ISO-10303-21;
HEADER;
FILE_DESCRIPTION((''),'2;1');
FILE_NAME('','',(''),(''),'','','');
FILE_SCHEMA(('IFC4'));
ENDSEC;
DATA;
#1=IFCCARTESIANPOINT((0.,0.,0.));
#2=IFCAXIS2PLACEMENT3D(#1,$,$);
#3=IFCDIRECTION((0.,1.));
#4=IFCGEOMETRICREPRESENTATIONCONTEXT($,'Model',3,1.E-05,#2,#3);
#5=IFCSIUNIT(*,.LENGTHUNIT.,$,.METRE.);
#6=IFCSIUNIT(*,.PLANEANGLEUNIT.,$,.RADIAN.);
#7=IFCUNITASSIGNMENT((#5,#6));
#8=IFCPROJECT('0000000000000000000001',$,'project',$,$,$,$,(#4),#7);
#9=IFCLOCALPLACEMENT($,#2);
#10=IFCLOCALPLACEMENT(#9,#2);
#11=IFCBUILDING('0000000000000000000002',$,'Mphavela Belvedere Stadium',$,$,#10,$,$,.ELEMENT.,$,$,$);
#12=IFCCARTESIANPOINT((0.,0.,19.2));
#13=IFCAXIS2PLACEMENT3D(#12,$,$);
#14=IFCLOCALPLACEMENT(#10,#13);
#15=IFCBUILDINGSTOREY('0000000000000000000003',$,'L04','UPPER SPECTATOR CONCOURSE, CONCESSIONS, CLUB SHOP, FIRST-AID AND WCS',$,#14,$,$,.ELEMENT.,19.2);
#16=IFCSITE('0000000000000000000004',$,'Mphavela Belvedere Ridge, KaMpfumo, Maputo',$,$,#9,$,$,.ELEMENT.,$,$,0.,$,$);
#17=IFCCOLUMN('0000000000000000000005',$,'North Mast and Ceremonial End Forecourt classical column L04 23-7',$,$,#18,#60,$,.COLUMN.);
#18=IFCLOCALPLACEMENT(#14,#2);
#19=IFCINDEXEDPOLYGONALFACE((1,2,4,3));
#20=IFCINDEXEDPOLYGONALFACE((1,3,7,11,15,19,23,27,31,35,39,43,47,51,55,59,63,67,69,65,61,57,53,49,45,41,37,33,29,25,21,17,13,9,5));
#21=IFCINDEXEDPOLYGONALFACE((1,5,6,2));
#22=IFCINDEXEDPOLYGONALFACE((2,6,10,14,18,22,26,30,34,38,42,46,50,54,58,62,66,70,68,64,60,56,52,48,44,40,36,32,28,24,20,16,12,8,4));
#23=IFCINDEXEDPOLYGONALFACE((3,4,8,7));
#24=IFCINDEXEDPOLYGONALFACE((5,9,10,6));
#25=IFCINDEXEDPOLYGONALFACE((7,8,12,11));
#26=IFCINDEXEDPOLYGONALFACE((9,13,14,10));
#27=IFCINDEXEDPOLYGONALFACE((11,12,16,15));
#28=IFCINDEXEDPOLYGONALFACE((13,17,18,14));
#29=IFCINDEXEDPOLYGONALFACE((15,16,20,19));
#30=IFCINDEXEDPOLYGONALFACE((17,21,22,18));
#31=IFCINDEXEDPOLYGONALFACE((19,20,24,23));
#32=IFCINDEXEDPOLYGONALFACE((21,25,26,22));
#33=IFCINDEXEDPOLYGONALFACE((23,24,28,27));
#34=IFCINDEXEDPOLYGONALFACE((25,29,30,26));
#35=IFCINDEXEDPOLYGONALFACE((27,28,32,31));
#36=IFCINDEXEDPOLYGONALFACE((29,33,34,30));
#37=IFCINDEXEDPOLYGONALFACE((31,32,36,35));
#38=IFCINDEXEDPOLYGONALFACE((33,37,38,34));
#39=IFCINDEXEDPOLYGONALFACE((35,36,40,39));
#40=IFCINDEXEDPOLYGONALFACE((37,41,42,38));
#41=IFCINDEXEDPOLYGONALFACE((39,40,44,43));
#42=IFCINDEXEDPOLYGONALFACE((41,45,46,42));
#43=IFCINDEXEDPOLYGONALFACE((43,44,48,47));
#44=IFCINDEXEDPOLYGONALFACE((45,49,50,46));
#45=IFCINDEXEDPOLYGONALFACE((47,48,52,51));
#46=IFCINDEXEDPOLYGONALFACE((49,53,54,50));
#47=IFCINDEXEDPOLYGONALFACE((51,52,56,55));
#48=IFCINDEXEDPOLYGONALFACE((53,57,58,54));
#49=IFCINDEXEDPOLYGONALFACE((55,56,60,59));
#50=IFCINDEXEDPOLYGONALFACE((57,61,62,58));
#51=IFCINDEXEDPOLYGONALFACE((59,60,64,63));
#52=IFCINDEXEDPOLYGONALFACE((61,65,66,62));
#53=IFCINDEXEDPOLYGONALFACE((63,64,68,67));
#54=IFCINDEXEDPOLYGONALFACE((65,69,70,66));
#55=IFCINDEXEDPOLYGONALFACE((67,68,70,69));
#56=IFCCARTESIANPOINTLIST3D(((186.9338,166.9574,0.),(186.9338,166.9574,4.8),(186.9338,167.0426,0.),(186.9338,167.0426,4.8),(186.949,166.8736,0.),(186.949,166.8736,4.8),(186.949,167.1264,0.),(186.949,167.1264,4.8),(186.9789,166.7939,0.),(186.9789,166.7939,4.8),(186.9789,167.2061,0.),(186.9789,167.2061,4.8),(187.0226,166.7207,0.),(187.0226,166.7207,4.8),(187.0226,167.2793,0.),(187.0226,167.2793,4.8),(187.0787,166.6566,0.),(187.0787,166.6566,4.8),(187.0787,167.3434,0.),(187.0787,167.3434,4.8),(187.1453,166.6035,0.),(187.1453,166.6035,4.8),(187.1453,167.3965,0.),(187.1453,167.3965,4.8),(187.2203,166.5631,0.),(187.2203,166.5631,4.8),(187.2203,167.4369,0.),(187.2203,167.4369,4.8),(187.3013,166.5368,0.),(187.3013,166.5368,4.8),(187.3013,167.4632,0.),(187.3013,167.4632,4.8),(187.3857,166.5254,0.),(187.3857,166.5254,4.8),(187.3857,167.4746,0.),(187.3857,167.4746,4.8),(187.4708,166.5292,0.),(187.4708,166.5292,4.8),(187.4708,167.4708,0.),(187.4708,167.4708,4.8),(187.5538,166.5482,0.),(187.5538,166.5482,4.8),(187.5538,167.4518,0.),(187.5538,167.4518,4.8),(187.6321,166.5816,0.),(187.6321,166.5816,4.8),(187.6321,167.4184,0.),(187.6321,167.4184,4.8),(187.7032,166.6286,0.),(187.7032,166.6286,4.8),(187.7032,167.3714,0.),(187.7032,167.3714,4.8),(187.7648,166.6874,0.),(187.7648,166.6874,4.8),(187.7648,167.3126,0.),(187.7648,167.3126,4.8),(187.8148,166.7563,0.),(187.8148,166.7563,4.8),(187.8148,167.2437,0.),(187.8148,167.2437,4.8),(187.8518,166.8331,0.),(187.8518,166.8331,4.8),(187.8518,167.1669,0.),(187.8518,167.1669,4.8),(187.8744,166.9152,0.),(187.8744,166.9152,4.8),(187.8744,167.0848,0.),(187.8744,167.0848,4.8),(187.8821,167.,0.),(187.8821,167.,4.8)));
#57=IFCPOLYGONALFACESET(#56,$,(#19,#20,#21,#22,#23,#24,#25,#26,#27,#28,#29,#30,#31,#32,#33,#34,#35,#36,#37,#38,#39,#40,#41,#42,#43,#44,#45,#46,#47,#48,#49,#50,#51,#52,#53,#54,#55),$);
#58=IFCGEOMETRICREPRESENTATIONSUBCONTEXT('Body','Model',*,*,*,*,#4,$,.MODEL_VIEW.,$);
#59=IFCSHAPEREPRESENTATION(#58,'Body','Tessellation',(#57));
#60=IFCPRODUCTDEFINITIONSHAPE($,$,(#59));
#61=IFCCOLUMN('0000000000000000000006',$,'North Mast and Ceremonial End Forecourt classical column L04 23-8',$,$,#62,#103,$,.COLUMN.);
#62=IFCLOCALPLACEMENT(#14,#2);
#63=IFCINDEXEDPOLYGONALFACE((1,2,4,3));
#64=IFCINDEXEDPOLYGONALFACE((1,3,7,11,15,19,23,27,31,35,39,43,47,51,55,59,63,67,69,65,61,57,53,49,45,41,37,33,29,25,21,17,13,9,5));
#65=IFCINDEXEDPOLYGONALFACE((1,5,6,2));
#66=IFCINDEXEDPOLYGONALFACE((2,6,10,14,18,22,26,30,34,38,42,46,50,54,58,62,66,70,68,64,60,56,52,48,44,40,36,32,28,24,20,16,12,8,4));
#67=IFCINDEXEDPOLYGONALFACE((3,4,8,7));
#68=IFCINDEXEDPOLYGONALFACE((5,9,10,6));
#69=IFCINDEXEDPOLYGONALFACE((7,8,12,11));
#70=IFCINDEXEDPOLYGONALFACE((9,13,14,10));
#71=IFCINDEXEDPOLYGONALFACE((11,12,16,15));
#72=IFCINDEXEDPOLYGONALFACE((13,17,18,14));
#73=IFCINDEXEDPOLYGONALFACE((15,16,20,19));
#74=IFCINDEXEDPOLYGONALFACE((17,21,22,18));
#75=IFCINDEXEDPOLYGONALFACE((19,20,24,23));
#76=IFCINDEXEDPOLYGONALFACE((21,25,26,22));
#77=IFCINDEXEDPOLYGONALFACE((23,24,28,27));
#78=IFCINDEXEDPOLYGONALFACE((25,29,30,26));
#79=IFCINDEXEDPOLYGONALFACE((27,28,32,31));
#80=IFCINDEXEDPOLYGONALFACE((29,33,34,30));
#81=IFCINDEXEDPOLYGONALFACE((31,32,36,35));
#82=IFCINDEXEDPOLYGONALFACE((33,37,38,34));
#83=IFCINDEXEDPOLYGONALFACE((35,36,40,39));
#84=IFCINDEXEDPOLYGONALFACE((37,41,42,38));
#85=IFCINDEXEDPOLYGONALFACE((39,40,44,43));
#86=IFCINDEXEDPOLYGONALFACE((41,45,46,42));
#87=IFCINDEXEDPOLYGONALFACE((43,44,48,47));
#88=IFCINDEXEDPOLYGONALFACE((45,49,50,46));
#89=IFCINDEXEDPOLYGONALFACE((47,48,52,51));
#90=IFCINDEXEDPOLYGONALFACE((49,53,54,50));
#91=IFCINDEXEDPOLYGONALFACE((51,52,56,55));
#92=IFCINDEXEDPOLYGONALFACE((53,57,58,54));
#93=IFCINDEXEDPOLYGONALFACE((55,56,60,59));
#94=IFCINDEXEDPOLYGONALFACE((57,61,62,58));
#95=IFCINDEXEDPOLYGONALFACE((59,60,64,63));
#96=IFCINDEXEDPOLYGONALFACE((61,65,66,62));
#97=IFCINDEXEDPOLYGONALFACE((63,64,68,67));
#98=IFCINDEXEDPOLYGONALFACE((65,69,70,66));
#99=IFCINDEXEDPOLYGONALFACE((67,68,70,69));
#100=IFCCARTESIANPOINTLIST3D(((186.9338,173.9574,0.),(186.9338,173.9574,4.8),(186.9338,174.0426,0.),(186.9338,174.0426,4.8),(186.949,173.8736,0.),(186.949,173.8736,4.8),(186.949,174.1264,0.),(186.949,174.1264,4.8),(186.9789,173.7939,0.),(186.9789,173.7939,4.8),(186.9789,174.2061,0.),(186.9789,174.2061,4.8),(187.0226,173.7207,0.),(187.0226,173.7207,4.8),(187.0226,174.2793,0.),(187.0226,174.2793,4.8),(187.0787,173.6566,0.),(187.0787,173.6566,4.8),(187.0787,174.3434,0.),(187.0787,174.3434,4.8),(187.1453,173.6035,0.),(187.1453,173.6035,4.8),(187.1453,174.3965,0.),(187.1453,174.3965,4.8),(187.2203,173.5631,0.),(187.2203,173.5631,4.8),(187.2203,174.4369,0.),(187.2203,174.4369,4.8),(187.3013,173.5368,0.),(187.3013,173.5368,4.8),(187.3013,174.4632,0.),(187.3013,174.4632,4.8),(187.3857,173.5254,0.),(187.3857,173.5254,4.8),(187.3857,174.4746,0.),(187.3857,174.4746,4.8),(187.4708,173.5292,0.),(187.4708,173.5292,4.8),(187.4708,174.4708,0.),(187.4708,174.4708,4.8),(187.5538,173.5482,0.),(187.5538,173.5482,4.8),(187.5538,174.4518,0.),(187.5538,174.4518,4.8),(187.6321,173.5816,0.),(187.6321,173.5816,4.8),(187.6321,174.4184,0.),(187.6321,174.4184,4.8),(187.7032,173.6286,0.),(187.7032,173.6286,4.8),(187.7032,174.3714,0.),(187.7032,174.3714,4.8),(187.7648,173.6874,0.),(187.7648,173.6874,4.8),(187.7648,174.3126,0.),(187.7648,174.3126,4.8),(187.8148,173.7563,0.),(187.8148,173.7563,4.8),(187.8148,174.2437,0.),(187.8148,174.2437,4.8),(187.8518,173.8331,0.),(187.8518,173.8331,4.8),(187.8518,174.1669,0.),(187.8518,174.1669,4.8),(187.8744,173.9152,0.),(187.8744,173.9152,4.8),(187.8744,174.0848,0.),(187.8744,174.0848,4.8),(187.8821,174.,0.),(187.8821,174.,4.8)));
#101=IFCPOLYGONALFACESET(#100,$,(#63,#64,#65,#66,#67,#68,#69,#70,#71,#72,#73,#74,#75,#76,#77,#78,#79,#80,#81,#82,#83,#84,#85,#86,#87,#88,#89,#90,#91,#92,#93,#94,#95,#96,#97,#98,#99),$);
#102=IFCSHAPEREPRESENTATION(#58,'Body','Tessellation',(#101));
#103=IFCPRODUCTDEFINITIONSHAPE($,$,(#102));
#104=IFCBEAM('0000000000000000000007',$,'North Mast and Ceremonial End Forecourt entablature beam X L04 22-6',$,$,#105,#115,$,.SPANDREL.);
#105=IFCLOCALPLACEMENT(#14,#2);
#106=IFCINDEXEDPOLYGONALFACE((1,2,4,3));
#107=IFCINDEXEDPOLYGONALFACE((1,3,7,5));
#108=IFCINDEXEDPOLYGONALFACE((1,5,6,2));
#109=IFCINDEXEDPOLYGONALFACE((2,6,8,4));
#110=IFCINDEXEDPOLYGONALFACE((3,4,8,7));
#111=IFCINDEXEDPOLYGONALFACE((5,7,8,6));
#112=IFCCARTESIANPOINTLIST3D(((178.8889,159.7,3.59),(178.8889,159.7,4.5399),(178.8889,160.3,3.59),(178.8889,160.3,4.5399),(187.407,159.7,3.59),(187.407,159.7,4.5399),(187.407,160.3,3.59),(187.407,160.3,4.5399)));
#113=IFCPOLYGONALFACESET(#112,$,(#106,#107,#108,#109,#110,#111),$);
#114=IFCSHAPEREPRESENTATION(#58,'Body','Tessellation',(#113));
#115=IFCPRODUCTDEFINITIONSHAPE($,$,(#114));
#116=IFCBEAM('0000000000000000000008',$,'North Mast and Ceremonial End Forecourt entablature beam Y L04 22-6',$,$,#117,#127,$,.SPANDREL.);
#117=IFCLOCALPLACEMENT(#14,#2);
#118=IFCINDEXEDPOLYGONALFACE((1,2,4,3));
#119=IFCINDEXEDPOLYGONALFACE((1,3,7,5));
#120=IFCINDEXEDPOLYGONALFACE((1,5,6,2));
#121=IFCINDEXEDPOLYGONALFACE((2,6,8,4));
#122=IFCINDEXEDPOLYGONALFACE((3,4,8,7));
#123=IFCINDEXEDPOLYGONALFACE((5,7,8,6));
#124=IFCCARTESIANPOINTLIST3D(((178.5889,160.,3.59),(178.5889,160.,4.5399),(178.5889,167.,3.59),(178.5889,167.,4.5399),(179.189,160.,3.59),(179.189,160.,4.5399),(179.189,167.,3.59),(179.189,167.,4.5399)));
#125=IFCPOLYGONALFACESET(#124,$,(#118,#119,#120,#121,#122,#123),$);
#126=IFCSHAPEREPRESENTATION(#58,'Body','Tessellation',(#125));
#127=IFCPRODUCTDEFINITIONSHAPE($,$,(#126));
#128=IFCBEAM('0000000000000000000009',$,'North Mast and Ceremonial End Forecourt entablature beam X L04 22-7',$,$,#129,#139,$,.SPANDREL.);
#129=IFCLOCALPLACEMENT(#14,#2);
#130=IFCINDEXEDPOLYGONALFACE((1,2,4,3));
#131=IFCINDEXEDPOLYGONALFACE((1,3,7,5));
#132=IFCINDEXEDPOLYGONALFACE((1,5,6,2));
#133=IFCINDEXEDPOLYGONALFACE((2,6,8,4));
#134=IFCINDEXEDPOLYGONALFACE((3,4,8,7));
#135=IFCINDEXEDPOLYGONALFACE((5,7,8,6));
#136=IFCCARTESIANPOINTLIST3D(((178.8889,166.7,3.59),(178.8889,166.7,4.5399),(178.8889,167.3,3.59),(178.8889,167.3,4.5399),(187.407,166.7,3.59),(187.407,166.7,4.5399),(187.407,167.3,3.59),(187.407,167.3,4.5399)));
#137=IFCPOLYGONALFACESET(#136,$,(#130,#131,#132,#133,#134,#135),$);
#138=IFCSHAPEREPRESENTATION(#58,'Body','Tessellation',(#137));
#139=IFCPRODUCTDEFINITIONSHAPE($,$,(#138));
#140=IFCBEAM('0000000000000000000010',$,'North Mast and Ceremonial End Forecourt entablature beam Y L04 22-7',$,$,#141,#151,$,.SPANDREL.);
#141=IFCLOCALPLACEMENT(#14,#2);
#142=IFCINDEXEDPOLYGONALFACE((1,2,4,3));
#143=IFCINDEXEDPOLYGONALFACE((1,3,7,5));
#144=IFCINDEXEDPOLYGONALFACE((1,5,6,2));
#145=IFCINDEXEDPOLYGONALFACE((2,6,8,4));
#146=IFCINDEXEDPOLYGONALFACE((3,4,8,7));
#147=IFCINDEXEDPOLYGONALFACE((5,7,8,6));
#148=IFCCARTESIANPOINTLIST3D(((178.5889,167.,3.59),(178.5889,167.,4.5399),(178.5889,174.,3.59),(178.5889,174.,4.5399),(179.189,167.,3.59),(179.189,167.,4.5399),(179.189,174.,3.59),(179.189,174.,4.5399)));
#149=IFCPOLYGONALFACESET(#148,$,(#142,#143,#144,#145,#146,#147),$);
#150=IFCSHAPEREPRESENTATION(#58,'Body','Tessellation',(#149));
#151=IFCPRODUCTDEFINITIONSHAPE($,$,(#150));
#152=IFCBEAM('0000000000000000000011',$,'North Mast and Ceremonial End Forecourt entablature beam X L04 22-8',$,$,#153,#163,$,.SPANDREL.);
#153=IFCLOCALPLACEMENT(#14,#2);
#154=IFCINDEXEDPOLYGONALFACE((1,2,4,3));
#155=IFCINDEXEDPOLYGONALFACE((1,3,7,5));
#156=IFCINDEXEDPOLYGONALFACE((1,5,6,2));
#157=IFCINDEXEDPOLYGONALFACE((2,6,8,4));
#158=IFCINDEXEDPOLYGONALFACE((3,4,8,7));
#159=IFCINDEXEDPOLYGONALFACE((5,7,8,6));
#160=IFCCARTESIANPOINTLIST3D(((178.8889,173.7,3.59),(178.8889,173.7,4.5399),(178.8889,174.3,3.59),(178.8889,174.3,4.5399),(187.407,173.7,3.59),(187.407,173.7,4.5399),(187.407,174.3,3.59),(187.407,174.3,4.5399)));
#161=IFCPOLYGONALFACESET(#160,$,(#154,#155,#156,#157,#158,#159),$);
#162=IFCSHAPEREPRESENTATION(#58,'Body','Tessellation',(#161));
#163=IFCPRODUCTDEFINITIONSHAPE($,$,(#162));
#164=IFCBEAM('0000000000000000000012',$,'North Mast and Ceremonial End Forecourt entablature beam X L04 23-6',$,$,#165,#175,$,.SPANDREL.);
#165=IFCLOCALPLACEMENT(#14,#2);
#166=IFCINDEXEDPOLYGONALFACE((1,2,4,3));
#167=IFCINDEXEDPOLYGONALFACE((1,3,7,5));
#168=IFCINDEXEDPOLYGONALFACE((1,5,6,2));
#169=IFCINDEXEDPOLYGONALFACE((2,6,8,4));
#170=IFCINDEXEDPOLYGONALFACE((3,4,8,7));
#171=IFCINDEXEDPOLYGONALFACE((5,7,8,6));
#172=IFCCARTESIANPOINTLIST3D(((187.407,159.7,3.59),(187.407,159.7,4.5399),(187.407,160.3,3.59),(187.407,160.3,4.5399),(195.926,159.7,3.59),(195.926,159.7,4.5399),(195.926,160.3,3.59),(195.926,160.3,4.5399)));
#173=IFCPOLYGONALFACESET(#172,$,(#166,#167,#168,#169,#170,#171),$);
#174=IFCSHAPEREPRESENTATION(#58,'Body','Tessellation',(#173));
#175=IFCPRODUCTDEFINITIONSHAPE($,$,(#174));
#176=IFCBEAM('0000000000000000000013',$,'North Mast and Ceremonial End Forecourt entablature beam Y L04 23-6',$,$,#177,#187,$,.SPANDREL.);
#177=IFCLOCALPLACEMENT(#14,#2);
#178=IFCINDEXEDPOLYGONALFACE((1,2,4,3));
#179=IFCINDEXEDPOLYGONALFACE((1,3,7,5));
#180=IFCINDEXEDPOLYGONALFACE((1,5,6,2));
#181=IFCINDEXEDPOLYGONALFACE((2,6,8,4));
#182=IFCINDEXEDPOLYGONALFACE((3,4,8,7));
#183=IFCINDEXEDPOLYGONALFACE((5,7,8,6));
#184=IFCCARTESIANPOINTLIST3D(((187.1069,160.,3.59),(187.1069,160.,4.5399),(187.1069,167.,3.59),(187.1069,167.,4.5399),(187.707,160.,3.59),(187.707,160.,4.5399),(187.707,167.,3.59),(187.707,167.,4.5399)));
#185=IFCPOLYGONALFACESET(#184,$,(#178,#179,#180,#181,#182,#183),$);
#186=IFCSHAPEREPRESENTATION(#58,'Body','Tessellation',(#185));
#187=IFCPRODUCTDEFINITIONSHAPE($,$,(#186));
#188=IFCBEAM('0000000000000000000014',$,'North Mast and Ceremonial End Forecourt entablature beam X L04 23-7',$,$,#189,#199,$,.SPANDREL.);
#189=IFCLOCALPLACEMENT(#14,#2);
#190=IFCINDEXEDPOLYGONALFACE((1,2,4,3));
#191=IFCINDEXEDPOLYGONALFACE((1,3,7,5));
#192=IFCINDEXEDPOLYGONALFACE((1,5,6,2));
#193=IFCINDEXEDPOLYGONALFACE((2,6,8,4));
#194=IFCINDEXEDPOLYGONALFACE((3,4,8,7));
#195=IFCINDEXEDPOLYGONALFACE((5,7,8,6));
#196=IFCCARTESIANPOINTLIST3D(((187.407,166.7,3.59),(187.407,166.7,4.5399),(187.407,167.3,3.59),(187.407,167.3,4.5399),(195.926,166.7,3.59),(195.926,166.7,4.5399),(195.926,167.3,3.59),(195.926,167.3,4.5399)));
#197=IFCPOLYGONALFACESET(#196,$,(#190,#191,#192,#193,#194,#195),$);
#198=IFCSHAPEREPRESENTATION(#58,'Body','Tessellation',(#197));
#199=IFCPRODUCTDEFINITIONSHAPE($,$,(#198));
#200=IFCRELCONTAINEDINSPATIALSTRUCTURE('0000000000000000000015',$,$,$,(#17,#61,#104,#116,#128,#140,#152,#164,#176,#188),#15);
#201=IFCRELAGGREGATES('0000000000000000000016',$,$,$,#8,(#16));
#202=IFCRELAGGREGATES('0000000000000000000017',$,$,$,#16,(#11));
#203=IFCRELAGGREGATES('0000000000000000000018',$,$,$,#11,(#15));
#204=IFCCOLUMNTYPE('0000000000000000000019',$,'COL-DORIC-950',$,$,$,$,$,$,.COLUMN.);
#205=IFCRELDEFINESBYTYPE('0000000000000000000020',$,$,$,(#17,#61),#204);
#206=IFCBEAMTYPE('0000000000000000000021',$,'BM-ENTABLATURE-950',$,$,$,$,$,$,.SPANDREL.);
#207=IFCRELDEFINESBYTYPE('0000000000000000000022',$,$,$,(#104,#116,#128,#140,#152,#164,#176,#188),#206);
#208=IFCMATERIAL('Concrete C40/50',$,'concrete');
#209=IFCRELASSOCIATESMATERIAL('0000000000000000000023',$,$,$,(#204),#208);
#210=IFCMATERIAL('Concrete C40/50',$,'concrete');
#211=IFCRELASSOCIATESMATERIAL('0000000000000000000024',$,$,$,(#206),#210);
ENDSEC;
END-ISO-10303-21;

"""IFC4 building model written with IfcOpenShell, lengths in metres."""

from ifc_helpers import new_model, si_unit, direction, frame, origin, origin_2d, place, context, subcontext, project, spatial, rectangle, circle, extrude, material, material_profile, profile_set, type_object, element, save


model = new_model("IFC4")

# Units and contexts
model_context = context("Model", 3, precision=1e-05, world=origin(), true_north=direction((0.0, 1.0)))
body_context = subcontext(model_context, "Body", "Model", "MODEL_VIEW")
ifc_project = project(units=[si_unit("LENGTHUNIT", "METRE"), si_unit("PLANEANGLEUNIT", "RADIAN")], contexts=[model_context])

# Site, building, storey
site_placement = place(None, origin())
site = spatial("IfcSite", under=ifc_project, at=site_placement, Name="Mphavela Belvedere Ridge, KaMpfumo, Maputo", CompositionType="ELEMENT", RefElevation=0.0)
building_placement = place(site_placement, origin())
building = spatial("IfcBuilding", under=site, at=building_placement, Name="Mphavela Belvedere Stadium", CompositionType="ELEMENT")
storey_placement = place(building_placement, frame((0.0, 0.0, 19.2)))
storey = spatial("IfcBuildingStorey", under=building, at=storey_placement, Name="L04", Description="UPPER SPECTATOR CONCOURSE, CONCESSIONS, CLUB SHOP, FIRST-AID AND WCS", CompositionType="ELEMENT", Elevation=19.2)

# Columns
ifc_material_1 = material(Name="Concrete C40/50", Category="concrete")
ifc_material_profile_1 = material_profile(ifc_material_1, circle(Radius=0.4751, at=origin_2d()), Name="COL D950")
ifc_profile_set_1 = profile_set([ifc_material_profile_1], Name="Concrete C40/50")
column_type = type_object("IfcColumnType", Name="COL-DORIC-950", PredefinedType="COLUMN", material=ifc_profile_set_1)
for number, where, z_axis, x_axis, name in (
    (1, (187.407, 167.0, 0.0), (0.0, 0.0, 1.0), (1.0, 0.0, 0.0), "North Mast and Ceremonial End Forecourt classical column L04 23-7"),
    (2, (187.407, 174.0, 0.0), (0.0, 0.0, 1.0), (1.0, 0.0, 0.0), "North Mast and Ceremonial End Forecourt classical column L04 23-8"),
):
    element("IfcColumn", number, at=place(storey_placement, frame(where, z_axis=z_axis, x_axis=x_axis)), inside=storey, type_object=column_type, Name=name, PredefinedType="COLUMN", context=body_context, shape_type="SweptSolid", body=[
        extrude(circle(Radius=0.4751, at=origin_2d()), origin(), (0.0, 0.0, 1.0), 4.8),
    ])

# Beams
ifc_material_2 = material(Name="Concrete C40/50", Category="concrete")
ifc_material_profile_2 = material_profile(ifc_material_2, rectangle(XDim=0.6001, YDim=0.95, at=origin_2d()), Name="RC 600x950")
ifc_profile_set_2 = profile_set([ifc_material_profile_2], Name="Concrete C40/50")
beam_type_1 = type_object("IfcBeamType", Name="BM-ENTABLATURE-950", PredefinedType="SPANDREL", material=ifc_profile_set_2)
beam_1_placement = place(storey_placement, frame((178.8889, 160.0, 4.0649), z_axis=(1.0, 0.0, 0.0), x_axis=(0.0, 1.0, 0.0)))
element("IfcBeam", 3, at=beam_1_placement, inside=storey, type_object=beam_type_1, Name="North Mast and Ceremonial End Forecourt entablature beam X L04 22-6", PredefinedType="SPANDREL", context=body_context, shape_type="SweptSolid", body=[
    extrude(rectangle(XDim=0.6001, YDim=0.95, at=origin_2d()), origin(), (0.0, 0.0, 1.0), 8.5181),
])
beam_2_placement = place(storey_placement, frame((178.8889, 160.0, 4.0649), z_axis=(0.0, 1.0, 0.0), x_axis=(-1.0, 0.0, 0.0)))
element("IfcBeam", 4, at=beam_2_placement, inside=storey, type_object=beam_type_1, Name="North Mast and Ceremonial End Forecourt entablature beam Y L04 22-6", PredefinedType="SPANDREL", context=body_context, shape_type="SweptSolid", body=[
    extrude(rectangle(XDim=0.6001, YDim=0.95, at=origin_2d()), origin(), (0.0, 0.0, 1.0), 7.0),
])
beam_3_placement = place(storey_placement, frame((178.8889, 167.0, 4.0649), z_axis=(1.0, 0.0, 0.0), x_axis=(0.0, 1.0, 0.0)))
element("IfcBeam", 5, at=beam_3_placement, inside=storey, type_object=beam_type_1, Name="North Mast and Ceremonial End Forecourt entablature beam X L04 22-7", PredefinedType="SPANDREL", context=body_context, shape_type="SweptSolid", body=[
    extrude(rectangle(XDim=0.6001, YDim=0.95, at=origin_2d()), origin(), (0.0, 0.0, 1.0), 8.5181),
])
beam_4_placement = place(storey_placement, frame((178.8889, 167.0, 4.0649), z_axis=(0.0, 1.0, 0.0), x_axis=(-1.0, 0.0, 0.0)))
element("IfcBeam", 6, at=beam_4_placement, inside=storey, type_object=beam_type_1, Name="North Mast and Ceremonial End Forecourt entablature beam Y L04 22-7", PredefinedType="SPANDREL", context=body_context, shape_type="SweptSolid", body=[
    extrude(rectangle(XDim=0.6001, YDim=0.95, at=origin_2d()), origin(), (0.0, 0.0, 1.0), 7.0),
])
beam_5_placement = place(storey_placement, frame((178.8889, 174.0, 4.0649), z_axis=(1.0, 0.0, 0.0), x_axis=(0.0, 1.0, 0.0)))
element("IfcBeam", 7, at=beam_5_placement, inside=storey, type_object=beam_type_1, Name="North Mast and Ceremonial End Forecourt entablature beam X L04 22-8", PredefinedType="SPANDREL", context=body_context, shape_type="SweptSolid", body=[
    extrude(rectangle(XDim=0.6001, YDim=0.95, at=origin_2d()), origin(), (0.0, 0.0, 1.0), 8.5181),
])
beam_6_placement = place(storey_placement, frame((187.407, 160.0, 4.0649), z_axis=(1.0, 0.0, 0.0), x_axis=(0.0, 1.0, 0.0)))
element("IfcBeam", 8, at=beam_6_placement, inside=storey, type_object=beam_type_1, Name="North Mast and Ceremonial End Forecourt entablature beam X L04 23-6", PredefinedType="SPANDREL", context=body_context, shape_type="SweptSolid", body=[
    extrude(rectangle(XDim=0.6001, YDim=0.95, at=origin_2d()), origin(), (0.0, 0.0, 1.0), 8.519),
])
beam_7_placement = place(storey_placement, frame((187.407, 160.0, 4.0649), z_axis=(0.0, 1.0, 0.0), x_axis=(-1.0, 0.0, 0.0)))
element("IfcBeam", 9, at=beam_7_placement, inside=storey, type_object=beam_type_1, Name="North Mast and Ceremonial End Forecourt entablature beam Y L04 23-6", PredefinedType="SPANDREL", context=body_context, shape_type="SweptSolid", body=[
    extrude(rectangle(XDim=0.6001, YDim=0.95, at=origin_2d()), origin(), (0.0, 0.0, 1.0), 7.0),
])
beam_8_placement = place(storey_placement, frame((187.407, 167.0, 4.0649), z_axis=(1.0, 0.0, 0.0), x_axis=(0.0, 1.0, 0.0)))
element("IfcBeam", 10, at=beam_8_placement, inside=storey, type_object=beam_type_1, Name="North Mast and Ceremonial End Forecourt entablature beam X L04 23-7", PredefinedType="SPANDREL", context=body_context, shape_type="SweptSolid", body=[
    extrude(rectangle(XDim=0.6001, YDim=0.95, at=origin_2d()), origin(), (0.0, 0.0, 1.0), 8.519),
])

save(model, "model.ifc")
